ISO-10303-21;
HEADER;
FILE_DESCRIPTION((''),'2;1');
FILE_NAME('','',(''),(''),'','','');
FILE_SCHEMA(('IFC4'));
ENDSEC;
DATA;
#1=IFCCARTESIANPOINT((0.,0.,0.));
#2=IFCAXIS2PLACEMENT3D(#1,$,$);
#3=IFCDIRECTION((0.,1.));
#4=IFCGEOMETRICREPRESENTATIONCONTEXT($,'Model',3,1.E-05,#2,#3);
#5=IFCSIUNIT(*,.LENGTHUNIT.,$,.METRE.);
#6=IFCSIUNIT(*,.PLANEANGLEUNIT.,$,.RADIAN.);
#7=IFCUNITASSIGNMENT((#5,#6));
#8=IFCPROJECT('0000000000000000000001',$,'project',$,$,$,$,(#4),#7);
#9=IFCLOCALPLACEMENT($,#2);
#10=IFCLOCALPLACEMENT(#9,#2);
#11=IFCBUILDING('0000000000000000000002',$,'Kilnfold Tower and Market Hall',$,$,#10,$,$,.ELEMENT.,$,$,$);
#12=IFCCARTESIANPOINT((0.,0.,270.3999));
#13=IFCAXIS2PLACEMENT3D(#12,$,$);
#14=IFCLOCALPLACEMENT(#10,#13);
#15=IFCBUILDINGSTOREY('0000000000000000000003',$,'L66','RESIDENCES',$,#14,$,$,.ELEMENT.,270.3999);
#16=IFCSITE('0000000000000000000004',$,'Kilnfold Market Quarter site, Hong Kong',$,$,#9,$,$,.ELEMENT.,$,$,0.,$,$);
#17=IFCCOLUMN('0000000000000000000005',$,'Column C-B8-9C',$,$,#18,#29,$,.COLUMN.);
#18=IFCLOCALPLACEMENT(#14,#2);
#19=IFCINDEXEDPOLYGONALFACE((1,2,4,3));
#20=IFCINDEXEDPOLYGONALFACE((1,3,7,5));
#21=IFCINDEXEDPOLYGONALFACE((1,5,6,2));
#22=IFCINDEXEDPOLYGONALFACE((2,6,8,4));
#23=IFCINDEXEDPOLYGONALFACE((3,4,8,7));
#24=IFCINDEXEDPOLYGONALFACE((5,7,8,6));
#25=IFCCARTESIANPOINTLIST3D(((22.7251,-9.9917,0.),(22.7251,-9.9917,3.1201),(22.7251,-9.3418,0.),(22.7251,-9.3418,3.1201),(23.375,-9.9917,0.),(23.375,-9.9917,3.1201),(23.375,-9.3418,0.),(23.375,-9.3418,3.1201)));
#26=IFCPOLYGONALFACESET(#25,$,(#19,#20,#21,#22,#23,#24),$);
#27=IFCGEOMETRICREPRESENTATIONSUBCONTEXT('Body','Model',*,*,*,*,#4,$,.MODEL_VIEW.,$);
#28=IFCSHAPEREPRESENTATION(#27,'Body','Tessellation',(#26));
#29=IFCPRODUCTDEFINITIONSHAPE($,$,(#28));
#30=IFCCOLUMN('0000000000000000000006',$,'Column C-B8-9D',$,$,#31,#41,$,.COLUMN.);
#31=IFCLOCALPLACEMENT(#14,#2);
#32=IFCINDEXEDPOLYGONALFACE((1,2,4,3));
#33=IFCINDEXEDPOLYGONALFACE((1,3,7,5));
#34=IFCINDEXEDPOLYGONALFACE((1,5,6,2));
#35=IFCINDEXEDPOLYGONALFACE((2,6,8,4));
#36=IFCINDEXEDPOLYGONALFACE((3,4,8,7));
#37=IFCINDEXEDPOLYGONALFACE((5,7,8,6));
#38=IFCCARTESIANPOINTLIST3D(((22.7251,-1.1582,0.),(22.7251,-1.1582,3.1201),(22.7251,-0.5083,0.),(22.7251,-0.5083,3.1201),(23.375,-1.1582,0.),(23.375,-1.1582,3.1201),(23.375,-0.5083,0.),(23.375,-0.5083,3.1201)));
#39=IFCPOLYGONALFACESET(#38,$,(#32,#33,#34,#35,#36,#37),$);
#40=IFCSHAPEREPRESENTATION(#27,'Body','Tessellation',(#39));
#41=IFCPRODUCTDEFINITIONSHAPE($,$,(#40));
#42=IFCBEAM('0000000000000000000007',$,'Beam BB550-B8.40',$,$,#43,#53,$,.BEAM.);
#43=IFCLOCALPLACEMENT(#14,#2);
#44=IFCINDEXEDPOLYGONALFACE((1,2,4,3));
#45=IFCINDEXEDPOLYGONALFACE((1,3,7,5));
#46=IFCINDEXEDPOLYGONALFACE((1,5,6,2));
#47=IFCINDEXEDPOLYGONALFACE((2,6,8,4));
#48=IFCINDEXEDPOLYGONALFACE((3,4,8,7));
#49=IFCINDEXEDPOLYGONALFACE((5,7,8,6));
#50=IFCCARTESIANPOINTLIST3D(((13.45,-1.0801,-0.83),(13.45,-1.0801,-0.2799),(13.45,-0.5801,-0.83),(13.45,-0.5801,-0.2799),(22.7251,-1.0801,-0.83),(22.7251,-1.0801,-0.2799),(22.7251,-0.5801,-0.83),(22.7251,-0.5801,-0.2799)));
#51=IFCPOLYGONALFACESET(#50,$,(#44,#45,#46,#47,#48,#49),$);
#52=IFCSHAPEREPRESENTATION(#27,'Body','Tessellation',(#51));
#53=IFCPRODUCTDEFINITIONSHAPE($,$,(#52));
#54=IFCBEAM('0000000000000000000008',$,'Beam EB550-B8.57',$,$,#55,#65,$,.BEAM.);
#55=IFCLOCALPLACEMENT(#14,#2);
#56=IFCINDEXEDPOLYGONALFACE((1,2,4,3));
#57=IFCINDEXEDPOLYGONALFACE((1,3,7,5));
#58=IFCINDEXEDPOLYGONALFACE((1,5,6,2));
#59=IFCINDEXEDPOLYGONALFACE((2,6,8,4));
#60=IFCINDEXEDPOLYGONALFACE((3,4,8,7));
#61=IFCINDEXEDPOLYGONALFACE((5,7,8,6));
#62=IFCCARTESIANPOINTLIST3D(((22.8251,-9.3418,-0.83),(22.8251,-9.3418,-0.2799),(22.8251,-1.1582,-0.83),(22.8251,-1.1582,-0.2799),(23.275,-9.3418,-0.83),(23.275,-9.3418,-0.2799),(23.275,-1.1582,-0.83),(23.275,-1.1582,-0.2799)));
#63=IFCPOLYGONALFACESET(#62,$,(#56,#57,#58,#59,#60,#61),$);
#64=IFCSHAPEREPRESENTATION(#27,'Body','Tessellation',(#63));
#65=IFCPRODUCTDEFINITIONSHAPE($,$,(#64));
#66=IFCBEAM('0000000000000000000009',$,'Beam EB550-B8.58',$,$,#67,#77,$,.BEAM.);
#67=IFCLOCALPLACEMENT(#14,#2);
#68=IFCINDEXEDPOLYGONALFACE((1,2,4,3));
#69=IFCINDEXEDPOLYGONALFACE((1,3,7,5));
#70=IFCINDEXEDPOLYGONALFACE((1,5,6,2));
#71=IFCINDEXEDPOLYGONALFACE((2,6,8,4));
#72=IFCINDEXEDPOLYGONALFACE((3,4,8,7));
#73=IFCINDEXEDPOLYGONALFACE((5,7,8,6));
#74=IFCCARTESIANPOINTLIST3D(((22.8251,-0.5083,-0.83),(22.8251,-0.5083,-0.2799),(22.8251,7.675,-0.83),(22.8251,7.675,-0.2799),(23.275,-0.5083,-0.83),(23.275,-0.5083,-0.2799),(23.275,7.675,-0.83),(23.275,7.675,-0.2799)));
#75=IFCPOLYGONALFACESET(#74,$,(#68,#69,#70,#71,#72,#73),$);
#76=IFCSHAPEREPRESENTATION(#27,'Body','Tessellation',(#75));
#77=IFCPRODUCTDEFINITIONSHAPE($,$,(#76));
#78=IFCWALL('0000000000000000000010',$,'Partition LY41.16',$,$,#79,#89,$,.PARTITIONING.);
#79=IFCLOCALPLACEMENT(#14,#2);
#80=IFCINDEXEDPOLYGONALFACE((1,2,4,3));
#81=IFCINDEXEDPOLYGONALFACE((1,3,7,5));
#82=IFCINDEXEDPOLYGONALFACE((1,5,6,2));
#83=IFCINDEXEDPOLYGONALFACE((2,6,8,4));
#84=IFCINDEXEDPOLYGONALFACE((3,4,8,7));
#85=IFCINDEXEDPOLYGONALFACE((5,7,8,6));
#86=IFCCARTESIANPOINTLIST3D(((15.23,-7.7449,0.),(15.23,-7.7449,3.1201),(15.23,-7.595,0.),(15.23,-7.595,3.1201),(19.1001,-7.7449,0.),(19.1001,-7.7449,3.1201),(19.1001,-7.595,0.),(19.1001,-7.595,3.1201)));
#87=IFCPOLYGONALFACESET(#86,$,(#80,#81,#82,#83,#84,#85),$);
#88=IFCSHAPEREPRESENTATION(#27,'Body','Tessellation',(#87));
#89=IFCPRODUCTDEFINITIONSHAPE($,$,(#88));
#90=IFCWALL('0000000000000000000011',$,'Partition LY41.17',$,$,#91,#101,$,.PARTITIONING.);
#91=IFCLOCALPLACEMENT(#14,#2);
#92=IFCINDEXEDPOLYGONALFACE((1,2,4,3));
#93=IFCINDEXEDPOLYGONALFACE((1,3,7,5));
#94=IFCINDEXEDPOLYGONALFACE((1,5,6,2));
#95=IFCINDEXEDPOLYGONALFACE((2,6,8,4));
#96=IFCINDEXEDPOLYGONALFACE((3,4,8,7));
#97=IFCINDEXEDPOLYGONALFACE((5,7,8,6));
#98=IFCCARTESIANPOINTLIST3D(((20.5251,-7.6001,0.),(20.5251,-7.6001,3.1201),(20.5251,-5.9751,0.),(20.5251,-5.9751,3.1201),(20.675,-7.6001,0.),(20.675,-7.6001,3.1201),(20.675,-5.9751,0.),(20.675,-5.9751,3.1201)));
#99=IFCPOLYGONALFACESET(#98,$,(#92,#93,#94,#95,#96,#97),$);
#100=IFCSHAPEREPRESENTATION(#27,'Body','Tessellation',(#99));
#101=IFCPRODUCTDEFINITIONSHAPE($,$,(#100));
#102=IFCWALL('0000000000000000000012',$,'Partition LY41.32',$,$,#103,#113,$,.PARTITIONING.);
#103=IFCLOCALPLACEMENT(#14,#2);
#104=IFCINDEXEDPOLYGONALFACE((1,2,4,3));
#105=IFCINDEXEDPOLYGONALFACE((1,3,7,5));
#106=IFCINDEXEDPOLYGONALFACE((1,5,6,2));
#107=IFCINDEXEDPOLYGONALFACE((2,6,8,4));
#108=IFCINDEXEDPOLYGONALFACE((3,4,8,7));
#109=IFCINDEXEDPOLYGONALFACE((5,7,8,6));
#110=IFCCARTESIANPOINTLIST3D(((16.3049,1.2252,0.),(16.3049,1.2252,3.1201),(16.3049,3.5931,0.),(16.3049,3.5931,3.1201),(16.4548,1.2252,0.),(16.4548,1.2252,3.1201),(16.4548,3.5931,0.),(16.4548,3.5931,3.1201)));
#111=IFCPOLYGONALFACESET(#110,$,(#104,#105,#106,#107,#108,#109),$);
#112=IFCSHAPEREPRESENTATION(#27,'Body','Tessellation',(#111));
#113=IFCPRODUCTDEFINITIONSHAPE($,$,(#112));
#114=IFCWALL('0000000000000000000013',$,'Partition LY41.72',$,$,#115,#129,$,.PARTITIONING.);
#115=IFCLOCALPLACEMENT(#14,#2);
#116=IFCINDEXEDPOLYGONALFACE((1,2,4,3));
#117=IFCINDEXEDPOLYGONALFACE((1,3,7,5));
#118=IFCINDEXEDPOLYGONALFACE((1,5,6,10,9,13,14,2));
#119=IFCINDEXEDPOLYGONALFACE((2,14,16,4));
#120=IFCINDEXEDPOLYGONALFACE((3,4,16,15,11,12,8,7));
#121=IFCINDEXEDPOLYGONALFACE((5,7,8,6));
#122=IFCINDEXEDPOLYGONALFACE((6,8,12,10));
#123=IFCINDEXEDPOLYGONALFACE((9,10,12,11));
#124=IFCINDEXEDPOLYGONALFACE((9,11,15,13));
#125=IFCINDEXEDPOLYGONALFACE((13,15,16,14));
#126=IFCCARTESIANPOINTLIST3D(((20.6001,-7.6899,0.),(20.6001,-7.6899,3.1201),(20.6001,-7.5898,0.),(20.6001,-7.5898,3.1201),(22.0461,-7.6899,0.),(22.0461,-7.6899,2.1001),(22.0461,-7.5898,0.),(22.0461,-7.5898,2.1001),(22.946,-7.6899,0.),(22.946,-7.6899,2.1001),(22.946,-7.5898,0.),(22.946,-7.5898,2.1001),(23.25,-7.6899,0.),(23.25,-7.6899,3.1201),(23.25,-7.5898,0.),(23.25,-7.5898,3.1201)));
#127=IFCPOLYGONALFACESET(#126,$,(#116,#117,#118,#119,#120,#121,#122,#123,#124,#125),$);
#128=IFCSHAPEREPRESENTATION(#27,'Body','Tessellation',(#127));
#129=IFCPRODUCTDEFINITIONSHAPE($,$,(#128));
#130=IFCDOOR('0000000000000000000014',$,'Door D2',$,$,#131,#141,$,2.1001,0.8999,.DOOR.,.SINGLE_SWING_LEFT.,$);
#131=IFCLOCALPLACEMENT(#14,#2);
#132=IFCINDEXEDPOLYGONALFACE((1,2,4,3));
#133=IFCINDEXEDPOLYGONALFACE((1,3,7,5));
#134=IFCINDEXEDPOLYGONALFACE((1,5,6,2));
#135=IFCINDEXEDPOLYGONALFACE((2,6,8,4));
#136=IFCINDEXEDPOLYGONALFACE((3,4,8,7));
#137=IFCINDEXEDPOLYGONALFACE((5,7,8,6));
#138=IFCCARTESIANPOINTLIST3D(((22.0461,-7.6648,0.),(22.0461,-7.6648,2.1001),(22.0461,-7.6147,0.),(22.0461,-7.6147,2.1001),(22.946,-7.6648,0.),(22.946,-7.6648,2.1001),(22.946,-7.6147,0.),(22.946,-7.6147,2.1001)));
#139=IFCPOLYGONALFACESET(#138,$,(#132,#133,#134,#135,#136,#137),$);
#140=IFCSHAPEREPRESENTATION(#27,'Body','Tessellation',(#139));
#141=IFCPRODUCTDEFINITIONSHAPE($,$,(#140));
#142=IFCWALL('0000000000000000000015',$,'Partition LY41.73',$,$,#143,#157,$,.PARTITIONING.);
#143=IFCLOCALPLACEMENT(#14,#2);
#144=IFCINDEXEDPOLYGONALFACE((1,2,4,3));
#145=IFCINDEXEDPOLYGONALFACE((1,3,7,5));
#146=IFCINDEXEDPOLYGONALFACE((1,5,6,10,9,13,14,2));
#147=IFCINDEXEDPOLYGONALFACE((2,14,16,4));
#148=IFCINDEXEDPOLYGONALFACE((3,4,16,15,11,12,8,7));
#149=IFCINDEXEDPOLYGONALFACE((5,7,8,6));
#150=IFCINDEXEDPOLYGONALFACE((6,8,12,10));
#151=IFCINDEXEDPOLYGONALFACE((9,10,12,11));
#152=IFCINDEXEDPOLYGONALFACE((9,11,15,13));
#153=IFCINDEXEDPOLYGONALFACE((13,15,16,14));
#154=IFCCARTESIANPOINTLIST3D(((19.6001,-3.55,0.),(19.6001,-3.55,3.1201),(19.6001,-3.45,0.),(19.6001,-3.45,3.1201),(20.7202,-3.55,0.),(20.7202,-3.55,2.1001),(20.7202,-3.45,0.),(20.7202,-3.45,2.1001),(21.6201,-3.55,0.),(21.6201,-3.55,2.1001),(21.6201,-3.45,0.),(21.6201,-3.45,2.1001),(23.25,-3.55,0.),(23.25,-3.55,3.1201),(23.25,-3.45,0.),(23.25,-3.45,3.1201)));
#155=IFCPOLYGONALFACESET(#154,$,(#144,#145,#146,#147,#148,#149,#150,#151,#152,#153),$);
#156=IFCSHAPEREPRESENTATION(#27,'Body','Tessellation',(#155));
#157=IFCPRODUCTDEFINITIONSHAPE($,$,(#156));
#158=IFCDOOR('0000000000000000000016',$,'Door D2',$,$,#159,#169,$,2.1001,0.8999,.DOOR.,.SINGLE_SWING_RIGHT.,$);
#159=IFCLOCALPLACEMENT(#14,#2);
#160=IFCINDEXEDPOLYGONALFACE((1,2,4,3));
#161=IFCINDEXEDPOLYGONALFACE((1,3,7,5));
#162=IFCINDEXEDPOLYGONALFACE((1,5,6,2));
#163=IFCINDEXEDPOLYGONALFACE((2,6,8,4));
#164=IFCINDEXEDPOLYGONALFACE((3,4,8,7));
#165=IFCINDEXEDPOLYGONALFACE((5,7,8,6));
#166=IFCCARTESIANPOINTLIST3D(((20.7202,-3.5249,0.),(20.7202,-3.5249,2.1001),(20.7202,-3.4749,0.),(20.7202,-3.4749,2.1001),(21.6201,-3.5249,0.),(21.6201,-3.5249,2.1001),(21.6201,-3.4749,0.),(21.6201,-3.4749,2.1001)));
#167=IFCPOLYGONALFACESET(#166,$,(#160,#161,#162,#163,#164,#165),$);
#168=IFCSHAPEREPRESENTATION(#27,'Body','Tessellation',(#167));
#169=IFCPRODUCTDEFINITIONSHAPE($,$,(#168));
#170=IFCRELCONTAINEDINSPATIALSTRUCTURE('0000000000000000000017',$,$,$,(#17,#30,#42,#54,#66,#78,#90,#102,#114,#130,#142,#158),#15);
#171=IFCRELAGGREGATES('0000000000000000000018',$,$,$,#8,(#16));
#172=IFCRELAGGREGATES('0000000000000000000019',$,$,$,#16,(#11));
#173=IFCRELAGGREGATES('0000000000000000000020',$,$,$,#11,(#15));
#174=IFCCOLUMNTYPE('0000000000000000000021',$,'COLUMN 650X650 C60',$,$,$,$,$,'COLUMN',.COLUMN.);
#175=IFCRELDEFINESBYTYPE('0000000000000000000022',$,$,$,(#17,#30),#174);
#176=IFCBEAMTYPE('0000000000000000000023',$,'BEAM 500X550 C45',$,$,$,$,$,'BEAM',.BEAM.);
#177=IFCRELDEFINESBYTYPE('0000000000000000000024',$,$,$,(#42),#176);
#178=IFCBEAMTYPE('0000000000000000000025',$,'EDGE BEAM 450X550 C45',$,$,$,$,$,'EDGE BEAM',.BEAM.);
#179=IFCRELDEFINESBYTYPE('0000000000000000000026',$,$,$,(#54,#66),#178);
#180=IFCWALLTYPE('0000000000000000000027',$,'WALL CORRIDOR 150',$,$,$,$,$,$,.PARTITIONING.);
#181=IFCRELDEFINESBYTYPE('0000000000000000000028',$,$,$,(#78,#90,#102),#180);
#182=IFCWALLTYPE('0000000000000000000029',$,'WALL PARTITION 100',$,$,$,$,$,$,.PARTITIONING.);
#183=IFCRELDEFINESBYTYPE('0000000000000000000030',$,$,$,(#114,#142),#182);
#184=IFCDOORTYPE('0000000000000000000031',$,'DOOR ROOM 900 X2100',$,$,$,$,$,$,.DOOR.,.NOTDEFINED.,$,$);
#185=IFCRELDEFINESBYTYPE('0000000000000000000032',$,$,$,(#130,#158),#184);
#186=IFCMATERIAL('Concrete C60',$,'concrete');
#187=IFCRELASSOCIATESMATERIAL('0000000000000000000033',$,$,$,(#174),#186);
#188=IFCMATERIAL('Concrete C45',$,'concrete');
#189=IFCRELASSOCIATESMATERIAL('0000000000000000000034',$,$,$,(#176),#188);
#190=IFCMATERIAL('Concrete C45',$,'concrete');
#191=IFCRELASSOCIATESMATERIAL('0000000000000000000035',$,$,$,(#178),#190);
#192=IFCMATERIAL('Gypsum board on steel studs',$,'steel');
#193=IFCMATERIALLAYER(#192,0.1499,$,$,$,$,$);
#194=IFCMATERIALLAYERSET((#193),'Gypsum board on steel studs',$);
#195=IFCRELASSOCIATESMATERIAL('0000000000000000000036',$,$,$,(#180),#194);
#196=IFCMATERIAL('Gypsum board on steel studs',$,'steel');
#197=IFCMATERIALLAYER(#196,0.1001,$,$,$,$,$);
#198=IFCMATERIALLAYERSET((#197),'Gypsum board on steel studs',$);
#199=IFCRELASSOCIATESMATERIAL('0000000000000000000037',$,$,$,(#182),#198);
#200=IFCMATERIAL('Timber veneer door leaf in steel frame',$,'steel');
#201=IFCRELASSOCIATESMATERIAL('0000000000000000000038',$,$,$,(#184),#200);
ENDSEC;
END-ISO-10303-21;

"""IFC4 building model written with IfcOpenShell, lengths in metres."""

from ifc_helpers import new_model, si_unit, direction, frame, frame_2d, origin, origin_2d, place, context, subcontext, project, spatial, rectangle, extrude, source, transform, mapped, material, layer, layer_set, material_profile, profile_set, type_object, element, fill, save


model = new_model("IFC4")

# Units and contexts
model_context = context("Model", 3, precision=1e-05, world=origin(), true_north=direction((0.0, 1.0)))
body_context = subcontext(model_context, "Body", "Model", "MODEL_VIEW")
ifc_project = project(units=[si_unit("LENGTHUNIT", "METRE"), si_unit("PLANEANGLEUNIT", "RADIAN")], contexts=[model_context])

# Site, building, storey
site_placement = place(None, origin())
site = spatial("IfcSite", under=ifc_project, at=site_placement, Name="Kilnfold Market Quarter site, Hong Kong", CompositionType="ELEMENT", RefElevation=0.0)
building_placement = place(site_placement, origin())
building = spatial("IfcBuilding", under=site, at=building_placement, Name="Kilnfold Tower and Market Hall", CompositionType="ELEMENT")
storey_placement = place(building_placement, frame((0.0, 0.0, 270.3999)))
storey = spatial("IfcBuildingStorey", under=building, at=storey_placement, Name="L66", Description="RESIDENCES", CompositionType="ELEMENT", Elevation=270.3999)

# Columns
ifc_material_1 = material(Name="Concrete C60", Category="concrete")
ifc_material_profile_1 = material_profile(ifc_material_1, rectangle(XDim=0.6499, YDim=0.6499, at=origin_2d()), Name="RC 650x650")
ifc_profile_set_1 = profile_set([ifc_material_profile_1], Name="Concrete C60")
column_type = type_object("IfcColumnType", Name="COLUMN 650X650 C60", ElementType="COLUMN", PredefinedType="COLUMN", material=ifc_profile_set_1)
shared_shape_1 = source(origin(), body_context, "Body", "SweptSolid", [
    extrude(rectangle(XDim=0.6499, YDim=0.6499, at=origin_2d()), origin(), (0.0, 0.0, 1.0), 3.1201),
])
for number, where, z_axis, x_axis, name in (
    (1, (23.05, -9.6667, 0.0), (0.0, 0.0, 1.0), (1.0, 0.0, 0.0), "Column C-B8-9C"),
    (2, (23.05, -0.8333, 0.0), (0.0, 0.0, 1.0), (1.0, 0.0, 0.0), "Column C-B8-9D"),
):
    element("IfcColumn", number, at=place(storey_placement, frame(where, z_axis=z_axis, x_axis=x_axis)), inside=storey, type_object=column_type, Name=name, PredefinedType="COLUMN", context=body_context, shape_type="MappedRepresentation", body=[
        mapped(shared_shape_1, transform((0.0, 0.0, 0.0))),
    ])

# Beams
ifc_material_2 = material(Name="Concrete C45", Category="concrete")
ifc_material_profile_2 = material_profile(ifc_material_2, rectangle(XDim=0.5, YDim=0.55, at=origin_2d()), Name="RC 500x550")
ifc_profile_set_2 = profile_set([ifc_material_profile_2], Name="Concrete C45")
beam_type_1 = type_object("IfcBeamType", Name="BEAM 500X550 C45", ElementType="BEAM", PredefinedType="BEAM", material=ifc_profile_set_2)
shared_shape_2 = source(origin(), body_context, "Body", "SweptSolid", [
    extrude(rectangle(XDim=0.5, YDim=0.55, at=origin_2d()), origin(), (0.0, 0.0, 1.0), 9.2751),
])
beam_1_placement = place(storey_placement, frame((13.45, -0.8301, -0.5549), z_axis=(1.0, 0.0, 0.0), x_axis=(0.0, 1.0, 0.0)))
element("IfcBeam", 3, at=beam_1_placement, inside=storey, type_object=beam_type_1, Name="Beam BB550-B8.40", PredefinedType="BEAM", context=body_context, shape_type="MappedRepresentation", body=[
    mapped(shared_shape_2, transform((0.0, 0.0, 0.0))),
])
ifc_material_3 = material(Name="Concrete C45", Category="concrete")
ifc_material_profile_3 = material_profile(ifc_material_3, rectangle(XDim=0.45, YDim=0.55, at=origin_2d()), Name="RC 450x550")
ifc_profile_set_3 = profile_set([ifc_material_profile_3], Name="Concrete C45")
beam_type_2 = type_object("IfcBeamType", Name="EDGE BEAM 450X550 C45", ElementType="EDGE BEAM", PredefinedType="BEAM", material=ifc_profile_set_3)
shared_shape_3 = source(origin(), body_context, "Body", "SweptSolid", [
    extrude(rectangle(XDim=0.45, YDim=0.55, at=origin_2d()), origin(), (0.0, 0.0, 1.0), 8.1836),
])
beam_2_placement = place(storey_placement, frame((23.05, -9.3418, -0.5549), z_axis=(0.0, 1.0, 0.0), x_axis=(-1.0, 0.0, 0.0)))
element("IfcBeam", 4, at=beam_2_placement, inside=storey, type_object=beam_type_2, Name="Beam EB550-B8.57", PredefinedType="BEAM", context=body_context, shape_type="MappedRepresentation", body=[
    mapped(shared_shape_3, transform((0.0, 0.0, 0.0))),
])
shared_shape_4 = source(origin(), body_context, "Body", "SweptSolid", [
    extrude(rectangle(XDim=0.45, YDim=0.55, at=origin_2d()), origin(), (0.0, 0.0, 1.0), 8.1833),
])
beam_3_placement = place(storey_placement, frame((23.05, -0.5083, -0.5549), z_axis=(0.0, 1.0, 0.0), x_axis=(-1.0, 0.0, 0.0)))
element("IfcBeam", 5, at=beam_3_placement, inside=storey, type_object=beam_type_2, Name="Beam EB550-B8.58", PredefinedType="BEAM", context=body_context, shape_type="MappedRepresentation", body=[
    mapped(shared_shape_4, transform((0.0, 0.0, 0.0))),
])

# Walls
ifc_material_4 = material(Name="Gypsum board on steel studs", Category="steel")
ifc_layer_1 = layer(ifc_material_4, 0.1499)
ifc_layer_set_1 = layer_set([ifc_layer_1], Name="Gypsum board on steel studs")
wall_type_1 = type_object("IfcWallType", Name="WALL CORRIDOR 150", PredefinedType="PARTITIONING", material=ifc_layer_set_1)
wall_1_placement = place(storey_placement, frame((15.23, -7.6699, 0.0), z_axis=(0.0, 0.0, 1.0), x_axis=(1.0, 0.0, 0.0)))
element("IfcWall", 6, at=wall_1_placement, inside=storey, type_object=wall_type_1, Name="Partition LY41.16", PredefinedType="PARTITIONING", context=body_context, shape_type="SweptSolid", body=[
    extrude(rectangle(XDim=3.8701, YDim=0.1499, at=frame_2d((1.9351, 0.0))), origin(), (0.0, 0.0, 1.0), 3.1201),
])
wall_2_placement = place(storey_placement, frame((20.6001, -7.6001, 0.0), z_axis=(0.0, 0.0, 1.0), x_axis=(0.0, 1.0, 0.0)))
element("IfcWall", 7, at=wall_2_placement, inside=storey, type_object=wall_type_1, Name="Partition LY41.17", PredefinedType="PARTITIONING", context=body_context, shape_type="SweptSolid", body=[
    extrude(rectangle(XDim=1.625, YDim=0.1499, at=frame_2d((0.8125, 0.0))), origin(), (0.0, 0.0, 1.0), 3.1201),
])
wall_3_placement = place(storey_placement, frame((16.3799, 1.2251, 0.0), z_axis=(0.0, 0.0, 1.0), x_axis=(0.0, 1.0, 0.0)))
element("IfcWall", 8, at=wall_3_placement, inside=storey, type_object=wall_type_1, Name="Partition LY41.32", PredefinedType="PARTITIONING", context=body_context, shape_type="SweptSolid", body=[
    extrude(rectangle(XDim=2.3679, YDim=0.1499, at=frame_2d((1.1841, 0.0))), origin(), (0.0, 0.0, 1.0), 3.1201),
])

# Walls, openings, doors
ifc_material_5 = material(Name="Gypsum board on steel studs", Category="steel")
ifc_layer_2 = layer(ifc_material_5, 0.1001)
ifc_layer_set_2 = layer_set([ifc_layer_2], Name="Gypsum board on steel studs")
wall_type_2 = type_object("IfcWallType", Name="WALL PARTITION 100", PredefinedType="PARTITIONING", material=ifc_layer_set_2)
wall_4_placement = place(storey_placement, frame((23.25, -7.6399, 0.0), z_axis=(0.0, 0.0, 1.0), x_axis=(-1.0, 0.0, 0.0)))
wall_4 = element("IfcWall", 9, at=wall_4_placement, inside=storey, type_object=wall_type_2, Name="Partition LY41.72", PredefinedType="PARTITIONING", context=body_context, shape_type="SweptSolid", body=[
    extrude(rectangle(XDim=2.6499, YDim=0.1001, at=frame_2d((1.325, 0.0))), origin(), (0.0, 0.0, 1.0), 3.1201),
])
opening_1_placement = place(wall_4_placement, frame((0.304, 0.0, 0.0)))
opening_1 = element("IfcOpeningElement", 10, at=opening_1_placement, cuts=wall_4, PredefinedType="OPENING", context=body_context, shape_type="SweptSolid", body=[
    extrude(rectangle(XDim=0.8999, YDim=2.1001, at=frame_2d((0.45, 1.05))), frame((0.0, 0.0601, 0.0), z_axis=(0.0, -1.0, 0.0), x_axis=(1.0, 0.0, 0.0)), (0.0, 0.0, 1.0), 0.1201),
])
ifc_material_6 = material(Name="Timber veneer door leaf in steel frame", Category="steel")
door_type_1 = type_object("IfcDoorType", Name="DOOR ROOM 900 X2100", OperationType="NOTDEFINED", PredefinedType="DOOR", material=ifc_material_6)
door_1_placement = place(opening_1_placement, origin())
door_1 = element("IfcDoor", 11, at=door_1_placement, inside=storey, type_object=door_type_1, Name="Door D2", OperationType="SINGLE_SWING_LEFT", OverallHeight=2.1001, OverallWidth=0.8999, PredefinedType="DOOR", context=body_context, shape_type="SweptSolid", body=[
    extrude(rectangle(XDim=0.8999, YDim=2.1001, at=frame_2d((0.45, 1.05))), frame((0.0, 0.0249, 0.0), z_axis=(0.0, -1.0, 0.0), x_axis=(1.0, 0.0, 0.0)), (0.0, 0.0, 1.0), 0.05),
])
fill(opening_1, door_1)
wall_5_placement = place(storey_placement, frame((23.25, -3.5, 0.0), z_axis=(0.0, 0.0, 1.0), x_axis=(-1.0, 0.0, 0.0)))
wall_5 = element("IfcWall", 12, at=wall_5_placement, inside=storey, type_object=wall_type_2, Name="Partition LY41.73", PredefinedType="PARTITIONING", context=body_context, shape_type="SweptSolid", body=[
    extrude(rectangle(XDim=3.6499, YDim=0.1001, at=frame_2d((1.825, 0.0))), origin(), (0.0, 0.0, 1.0), 3.1201),
])
opening_2_placement = place(wall_5_placement, frame((1.6299, 0.0, 0.0)))
opening_2 = element("IfcOpeningElement", 13, at=opening_2_placement, cuts=wall_5, PredefinedType="OPENING", context=body_context, shape_type="SweptSolid", body=[
    extrude(rectangle(XDim=0.8999, YDim=2.1001, at=frame_2d((0.45, 1.05))), frame((0.0, 0.0601, 0.0), z_axis=(0.0, -1.0, 0.0), x_axis=(1.0, 0.0, 0.0)), (0.0, 0.0, 1.0), 0.1201),
])
door_2_placement = place(opening_2_placement, origin())
door_2 = element("IfcDoor", 14, at=door_2_placement, inside=storey, type_object=door_type_1, Name="Door D2", OperationType="SINGLE_SWING_RIGHT", OverallHeight=2.1001, OverallWidth=0.8999, PredefinedType="DOOR", context=body_context, shape_type="SweptSolid", body=[
    extrude(rectangle(XDim=0.8999, YDim=2.1001, at=frame_2d((0.45, 1.05))), frame((0.0, 0.0249, 0.0), z_axis=(0.0, -1.0, 0.0), x_axis=(1.0, 0.0, 0.0)), (0.0, 0.0, 1.0), 0.05),
])
fill(opening_2, door_2)

save(model, "model.ifc")
